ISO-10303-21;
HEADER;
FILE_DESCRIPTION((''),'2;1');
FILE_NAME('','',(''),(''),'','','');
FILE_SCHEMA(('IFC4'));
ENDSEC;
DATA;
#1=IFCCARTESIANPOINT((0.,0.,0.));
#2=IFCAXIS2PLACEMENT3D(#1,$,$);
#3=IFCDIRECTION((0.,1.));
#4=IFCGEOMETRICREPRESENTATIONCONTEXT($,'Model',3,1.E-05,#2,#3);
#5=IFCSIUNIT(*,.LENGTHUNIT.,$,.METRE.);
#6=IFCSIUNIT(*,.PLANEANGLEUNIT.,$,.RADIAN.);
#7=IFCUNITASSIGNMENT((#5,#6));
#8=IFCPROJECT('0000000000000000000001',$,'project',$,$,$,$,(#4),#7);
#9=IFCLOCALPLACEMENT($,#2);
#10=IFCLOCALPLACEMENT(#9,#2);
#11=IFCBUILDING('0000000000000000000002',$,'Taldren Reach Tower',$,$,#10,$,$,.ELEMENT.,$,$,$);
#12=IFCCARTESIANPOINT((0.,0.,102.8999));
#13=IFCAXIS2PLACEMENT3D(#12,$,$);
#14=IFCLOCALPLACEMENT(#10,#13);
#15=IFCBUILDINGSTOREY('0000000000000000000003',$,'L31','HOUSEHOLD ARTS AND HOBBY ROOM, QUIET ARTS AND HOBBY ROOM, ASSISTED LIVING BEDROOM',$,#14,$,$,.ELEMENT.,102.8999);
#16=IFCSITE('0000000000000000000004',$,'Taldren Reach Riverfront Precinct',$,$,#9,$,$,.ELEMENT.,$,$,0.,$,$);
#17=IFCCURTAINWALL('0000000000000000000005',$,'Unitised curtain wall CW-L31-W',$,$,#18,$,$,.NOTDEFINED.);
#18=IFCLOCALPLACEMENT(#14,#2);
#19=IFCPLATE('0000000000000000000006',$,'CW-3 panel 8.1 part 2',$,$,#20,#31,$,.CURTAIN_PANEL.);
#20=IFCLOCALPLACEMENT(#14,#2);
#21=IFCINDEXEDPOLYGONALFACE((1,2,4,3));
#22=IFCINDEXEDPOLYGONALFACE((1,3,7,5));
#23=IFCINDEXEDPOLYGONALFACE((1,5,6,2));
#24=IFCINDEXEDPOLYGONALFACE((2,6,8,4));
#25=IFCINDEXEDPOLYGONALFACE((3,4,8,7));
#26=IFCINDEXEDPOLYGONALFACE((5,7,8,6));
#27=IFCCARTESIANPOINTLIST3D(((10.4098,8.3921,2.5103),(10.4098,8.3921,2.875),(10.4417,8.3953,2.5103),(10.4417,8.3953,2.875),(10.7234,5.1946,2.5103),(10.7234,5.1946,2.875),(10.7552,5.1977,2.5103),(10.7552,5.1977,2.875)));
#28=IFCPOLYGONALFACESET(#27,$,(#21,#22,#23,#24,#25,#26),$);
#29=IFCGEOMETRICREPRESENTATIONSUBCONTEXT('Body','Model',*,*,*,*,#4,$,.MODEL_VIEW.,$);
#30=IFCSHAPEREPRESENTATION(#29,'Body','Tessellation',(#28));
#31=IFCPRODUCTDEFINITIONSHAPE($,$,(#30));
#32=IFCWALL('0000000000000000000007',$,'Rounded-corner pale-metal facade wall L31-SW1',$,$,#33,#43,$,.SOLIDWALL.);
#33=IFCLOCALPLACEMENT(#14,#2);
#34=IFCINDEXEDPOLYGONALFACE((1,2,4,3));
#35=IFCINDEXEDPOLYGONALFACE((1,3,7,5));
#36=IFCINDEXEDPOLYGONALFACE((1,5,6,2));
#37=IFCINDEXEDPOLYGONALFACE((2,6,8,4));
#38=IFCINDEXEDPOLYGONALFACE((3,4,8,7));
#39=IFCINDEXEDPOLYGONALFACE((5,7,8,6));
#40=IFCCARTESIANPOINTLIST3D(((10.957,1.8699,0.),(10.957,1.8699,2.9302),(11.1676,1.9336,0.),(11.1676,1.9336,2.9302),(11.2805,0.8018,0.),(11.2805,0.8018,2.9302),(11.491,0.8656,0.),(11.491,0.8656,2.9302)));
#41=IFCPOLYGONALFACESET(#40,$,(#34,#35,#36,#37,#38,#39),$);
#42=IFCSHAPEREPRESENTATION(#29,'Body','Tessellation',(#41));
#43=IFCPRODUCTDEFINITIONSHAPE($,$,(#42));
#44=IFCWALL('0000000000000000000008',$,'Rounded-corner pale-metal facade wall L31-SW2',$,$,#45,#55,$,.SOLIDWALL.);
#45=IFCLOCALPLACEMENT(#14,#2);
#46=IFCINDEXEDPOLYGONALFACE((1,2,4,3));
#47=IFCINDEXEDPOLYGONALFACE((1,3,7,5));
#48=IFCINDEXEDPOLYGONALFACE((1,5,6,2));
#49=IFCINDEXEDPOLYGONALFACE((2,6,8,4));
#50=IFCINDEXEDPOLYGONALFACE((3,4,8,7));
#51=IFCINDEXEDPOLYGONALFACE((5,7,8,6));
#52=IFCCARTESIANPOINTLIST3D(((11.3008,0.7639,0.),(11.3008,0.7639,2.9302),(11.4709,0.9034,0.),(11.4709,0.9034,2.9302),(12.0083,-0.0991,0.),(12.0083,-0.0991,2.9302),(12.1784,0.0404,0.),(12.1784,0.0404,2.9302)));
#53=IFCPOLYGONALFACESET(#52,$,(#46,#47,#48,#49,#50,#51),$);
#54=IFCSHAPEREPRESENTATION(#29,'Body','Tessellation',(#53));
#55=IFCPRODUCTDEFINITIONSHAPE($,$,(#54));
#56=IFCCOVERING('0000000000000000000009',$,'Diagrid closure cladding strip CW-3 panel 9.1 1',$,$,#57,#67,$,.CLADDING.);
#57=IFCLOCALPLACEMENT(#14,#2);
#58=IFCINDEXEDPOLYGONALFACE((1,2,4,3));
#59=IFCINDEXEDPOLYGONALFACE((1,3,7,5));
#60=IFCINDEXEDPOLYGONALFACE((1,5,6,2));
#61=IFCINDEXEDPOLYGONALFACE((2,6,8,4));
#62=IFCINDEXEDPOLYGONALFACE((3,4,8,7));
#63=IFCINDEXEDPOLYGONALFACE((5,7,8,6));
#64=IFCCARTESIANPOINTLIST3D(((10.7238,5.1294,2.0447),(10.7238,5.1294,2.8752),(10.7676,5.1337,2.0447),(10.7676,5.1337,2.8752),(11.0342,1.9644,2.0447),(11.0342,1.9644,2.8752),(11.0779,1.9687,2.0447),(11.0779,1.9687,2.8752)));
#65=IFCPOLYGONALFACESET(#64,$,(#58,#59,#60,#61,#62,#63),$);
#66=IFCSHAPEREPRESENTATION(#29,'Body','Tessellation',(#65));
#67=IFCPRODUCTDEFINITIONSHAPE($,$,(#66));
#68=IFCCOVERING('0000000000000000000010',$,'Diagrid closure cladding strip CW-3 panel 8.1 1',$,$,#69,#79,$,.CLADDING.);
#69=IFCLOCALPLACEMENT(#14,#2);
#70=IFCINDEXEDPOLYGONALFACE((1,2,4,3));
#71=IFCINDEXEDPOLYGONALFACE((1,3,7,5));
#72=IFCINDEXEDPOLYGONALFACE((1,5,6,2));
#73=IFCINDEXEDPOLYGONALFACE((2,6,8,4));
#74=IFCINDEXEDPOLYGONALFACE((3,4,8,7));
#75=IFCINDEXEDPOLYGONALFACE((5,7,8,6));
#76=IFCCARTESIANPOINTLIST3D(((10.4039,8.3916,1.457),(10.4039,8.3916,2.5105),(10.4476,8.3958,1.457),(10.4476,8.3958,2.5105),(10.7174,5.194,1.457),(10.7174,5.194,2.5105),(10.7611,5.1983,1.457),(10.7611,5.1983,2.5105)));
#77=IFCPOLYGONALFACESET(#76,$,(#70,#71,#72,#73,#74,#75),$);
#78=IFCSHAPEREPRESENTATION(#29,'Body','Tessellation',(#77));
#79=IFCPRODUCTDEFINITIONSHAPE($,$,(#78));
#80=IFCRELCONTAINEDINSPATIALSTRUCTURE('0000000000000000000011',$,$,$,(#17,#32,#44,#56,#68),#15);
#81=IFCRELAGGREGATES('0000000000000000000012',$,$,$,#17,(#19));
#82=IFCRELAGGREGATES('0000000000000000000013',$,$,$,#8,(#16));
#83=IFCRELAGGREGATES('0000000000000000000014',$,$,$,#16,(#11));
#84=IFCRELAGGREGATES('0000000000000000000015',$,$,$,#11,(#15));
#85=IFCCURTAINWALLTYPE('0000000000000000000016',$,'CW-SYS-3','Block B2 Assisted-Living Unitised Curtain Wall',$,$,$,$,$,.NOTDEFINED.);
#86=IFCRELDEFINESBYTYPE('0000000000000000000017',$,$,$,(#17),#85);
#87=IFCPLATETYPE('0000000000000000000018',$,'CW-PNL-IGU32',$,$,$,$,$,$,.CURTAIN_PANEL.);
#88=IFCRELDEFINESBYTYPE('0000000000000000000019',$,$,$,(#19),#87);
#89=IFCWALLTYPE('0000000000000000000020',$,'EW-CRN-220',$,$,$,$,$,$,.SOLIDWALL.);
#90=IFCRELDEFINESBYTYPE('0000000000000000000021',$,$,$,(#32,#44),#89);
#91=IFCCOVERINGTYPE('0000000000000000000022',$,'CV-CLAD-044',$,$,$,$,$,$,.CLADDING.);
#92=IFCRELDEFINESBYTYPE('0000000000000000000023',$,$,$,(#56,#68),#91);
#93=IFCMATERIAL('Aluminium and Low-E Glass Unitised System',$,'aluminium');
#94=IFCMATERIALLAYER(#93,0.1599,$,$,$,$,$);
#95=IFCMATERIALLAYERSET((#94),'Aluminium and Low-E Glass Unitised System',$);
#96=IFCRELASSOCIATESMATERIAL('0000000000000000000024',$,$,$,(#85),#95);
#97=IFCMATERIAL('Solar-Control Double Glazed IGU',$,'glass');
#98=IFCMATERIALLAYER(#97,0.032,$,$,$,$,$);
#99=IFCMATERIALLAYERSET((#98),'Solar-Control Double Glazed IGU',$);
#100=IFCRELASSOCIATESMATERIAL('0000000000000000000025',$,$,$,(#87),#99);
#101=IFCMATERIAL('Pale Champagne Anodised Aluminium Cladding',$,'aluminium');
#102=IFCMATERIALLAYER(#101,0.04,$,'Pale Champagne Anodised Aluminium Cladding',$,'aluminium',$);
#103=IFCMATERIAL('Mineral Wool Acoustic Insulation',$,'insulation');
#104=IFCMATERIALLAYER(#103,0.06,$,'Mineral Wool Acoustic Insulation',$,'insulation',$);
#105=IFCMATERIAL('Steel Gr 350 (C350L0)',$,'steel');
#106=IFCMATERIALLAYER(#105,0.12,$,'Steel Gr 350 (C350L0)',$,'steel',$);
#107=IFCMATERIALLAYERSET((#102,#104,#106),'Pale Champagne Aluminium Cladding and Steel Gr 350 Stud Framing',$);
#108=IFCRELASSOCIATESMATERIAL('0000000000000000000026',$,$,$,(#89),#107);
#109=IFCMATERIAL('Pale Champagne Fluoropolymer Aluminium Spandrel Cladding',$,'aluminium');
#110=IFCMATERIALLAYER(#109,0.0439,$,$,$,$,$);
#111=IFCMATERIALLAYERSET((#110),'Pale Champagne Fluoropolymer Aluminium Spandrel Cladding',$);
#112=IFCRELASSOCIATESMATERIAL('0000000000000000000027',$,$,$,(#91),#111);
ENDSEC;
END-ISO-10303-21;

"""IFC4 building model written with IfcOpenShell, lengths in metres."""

from ifc_helpers import new_model, si_unit, direction, frame, frame_2d, origin, origin_2d, place, context, subcontext, project, spatial, rectangle, extrude, source, transform, mapped, material, layer, layer_set, type_object, element, aggregate, save


model = new_model("IFC4")

# Units and contexts
model_context = context("Model", 3, precision=1e-05, world=origin(), true_north=direction((0.0, 1.0)))
body_context = subcontext(model_context, "Body", "Model", "MODEL_VIEW")
ifc_project = project(units=[si_unit("LENGTHUNIT", "METRE"), si_unit("PLANEANGLEUNIT", "RADIAN")], contexts=[model_context])

# Site, building, storey
site_placement = place(None, origin())
site = spatial("IfcSite", under=ifc_project, at=site_placement, Name="Taldren Reach Riverfront Precinct", CompositionType="ELEMENT", RefElevation=0.0)
building_placement = place(site_placement, origin())
building = spatial("IfcBuilding", under=site, at=building_placement, Name="Taldren Reach Tower", CompositionType="ELEMENT")
storey_placement = place(building_placement, frame((0.0, 0.0, 102.8999)))
storey = spatial("IfcBuildingStorey", under=building, at=storey_placement, Name="L31", Description="HOUSEHOLD ARTS AND HOBBY ROOM, QUIET ARTS AND HOBBY ROOM, ASSISTED LIVING BEDROOM", CompositionType="ELEMENT", Elevation=102.8999)

# Shared definitions
ifc_material_1 = material(Name="Steel Gr 350 (C350L0)", Category="steel")

# Curtain wall
ifc_material_2 = material(Name="Aluminium and Low-E Glass Unitised System", Category="aluminium")
ifc_layer_1 = layer(ifc_material_2, 0.1599)
ifc_layer_set_1 = layer_set([ifc_layer_1], Name="Aluminium and Low-E Glass Unitised System")
curtain_wall_type = type_object("IfcCurtainWallType", Name="CW-SYS-3", Description="Block B2 Assisted-Living Unitised Curtain Wall", PredefinedType="NOTDEFINED", material=ifc_layer_set_1)
curtain_wall_placement = place(storey_placement, origin())
curtain_wall = element("IfcCurtainWall", 1, at=curtain_wall_placement, inside=storey, type_object=curtain_wall_type, Name="Unitised curtain wall CW-L31-W", PredefinedType="NOTDEFINED")

# Plate
ifc_material_3 = material(Name="Solar-Control Double Glazed IGU", Category="glass")
ifc_layer_2 = layer(ifc_material_3, 0.032)
ifc_layer_set_2 = layer_set([ifc_layer_2], Name="Solar-Control Double Glazed IGU")
plate_type_1 = type_object("IfcPlateType", Name="CW-PNL-IGU32", PredefinedType="CURTAIN_PANEL", material=ifc_layer_set_2)
shared_shape_1 = source(origin(), body_context, "Body", "SweptSolid", [
    extrude(rectangle(XDim=3.2129, YDim=0.032, at=origin_2d()), origin(), (0.0, 0.0, 1.0), 0.3647),
])
plate_1_placement = place(storey_placement, frame((10.5825, 6.7949, 2.5103), z_axis=(0.0, 0.0, 1.0), x_axis=(0.097583, -0.995227, 0.0)))
plate_1 = element("IfcPlate", 2, at=plate_1_placement, type_object=plate_type_1, Name="CW-3 panel 8.1 part 2", PredefinedType="CURTAIN_PANEL", context=body_context, shape_type="MappedRepresentation", body=[
    mapped(shared_shape_1, transform((0.0, 0.0, 0.0), scale=1.0)),
])
aggregate(curtain_wall, [plate_1])

# Walls
ifc_material_4 = material(Name="Pale Champagne Anodised Aluminium Cladding", Category="aluminium")
ifc_layer_3 = layer(ifc_material_4, 0.04, Name="Pale Champagne Anodised Aluminium Cladding", Category="aluminium")
ifc_material_5 = material(Name="Mineral Wool Acoustic Insulation", Category="insulation")
ifc_layer_4 = layer(ifc_material_5, 0.06, Name="Mineral Wool Acoustic Insulation", Category="insulation")
ifc_layer_5 = layer(ifc_material_1, 0.12, Name="Steel Gr 350 (C350L0)", Category="steel")
ifc_layer_set_3 = layer_set([ifc_layer_3, ifc_layer_4, ifc_layer_5], Name="Pale Champagne Aluminium Cladding and Steel Gr 350 Stud Framing")
wall_type = type_object("IfcWallType", Name="EW-CRN-220", PredefinedType="SOLIDWALL", material=ifc_layer_set_3)
shared_shape_2 = source(origin(), body_context, "Body", "SweptSolid", [
    extrude(rectangle(XDim=1.116, YDim=0.22, at=frame_2d((0.5581, 0.0))), origin(), (0.0, 0.0, 1.0), 2.9302),
])
for number, where, z_axis, x_axis, name in (
    (3, (11.0623, 1.9019, 0.0), (0.0, 0.0, 1.0), (0.289856, -0.95707, 0.0), "Rounded-corner pale-metal facade wall L31-SW1"),
    (4, (11.3857, 0.8337, 0.0), (0.0, 0.0, 1.0), (0.633988, -0.773343, 0.0), "Rounded-corner pale-metal facade wall L31-SW2"),
):
    element("IfcWall", number, at=place(storey_placement, frame(where, z_axis=z_axis, x_axis=x_axis)), inside=storey, type_object=wall_type, Name=name, PredefinedType="SOLIDWALL", context=body_context, shape_type="MappedRepresentation", body=[
        mapped(shared_shape_2, transform((0.0, 0.0, 0.0), scale=1.0)),
    ])

# Coverings
ifc_material_6 = material(Name="Pale Champagne Fluoropolymer Aluminium Spandrel Cladding", Category="aluminium")
ifc_layer_6 = layer(ifc_material_6, 0.0439)
ifc_layer_set_4 = layer_set([ifc_layer_6], Name="Pale Champagne Fluoropolymer Aluminium Spandrel Cladding")
covering_type = type_object("IfcCoveringType", Name="CV-CLAD-044", PredefinedType="CLADDING", material=ifc_layer_set_4)
shared_shape_3 = source(origin(), body_context, "Body", "SweptSolid", [
    extrude(rectangle(XDim=3.1802, YDim=0.0439, at=origin_2d()), origin(), (0.0, 0.0, 1.0), 0.8306),
])
covering_1_placement = place(storey_placement, frame((10.9009, 3.5491, 2.0447), z_axis=(0.0, 0.0, 1.0), x_axis=(0.097583, -0.995227, 0.0)))
element("IfcCovering", 5, at=covering_1_placement, inside=storey, type_object=covering_type, Name="Diagrid closure cladding strip CW-3 panel 9.1 1", PredefinedType="CLADDING", context=body_context, shape_type="MappedRepresentation", body=[
    mapped(shared_shape_3, transform((0.0, 0.0, 0.0), scale=1.0)),
])
shared_shape_4 = source(origin(), body_context, "Body", "SweptSolid", [
    extrude(rectangle(XDim=3.2129, YDim=0.0439, at=origin_2d()), origin(), (0.0, 0.0, 1.0), 1.0535),
])
covering_2_placement = place(storey_placement, frame((10.5825, 6.7949, 1.457), z_axis=(0.0, 0.0, 1.0), x_axis=(0.097583, -0.995227, 0.0)))
element("IfcCovering", 6, at=covering_2_placement, inside=storey, type_object=covering_type, Name="Diagrid closure cladding strip CW-3 panel 8.1 1", PredefinedType="CLADDING", context=body_context, shape_type="MappedRepresentation", body=[
    mapped(shared_shape_4, transform((0.0, 0.0, 0.0), scale=1.0)),
])

save(model, "model.ifc")
